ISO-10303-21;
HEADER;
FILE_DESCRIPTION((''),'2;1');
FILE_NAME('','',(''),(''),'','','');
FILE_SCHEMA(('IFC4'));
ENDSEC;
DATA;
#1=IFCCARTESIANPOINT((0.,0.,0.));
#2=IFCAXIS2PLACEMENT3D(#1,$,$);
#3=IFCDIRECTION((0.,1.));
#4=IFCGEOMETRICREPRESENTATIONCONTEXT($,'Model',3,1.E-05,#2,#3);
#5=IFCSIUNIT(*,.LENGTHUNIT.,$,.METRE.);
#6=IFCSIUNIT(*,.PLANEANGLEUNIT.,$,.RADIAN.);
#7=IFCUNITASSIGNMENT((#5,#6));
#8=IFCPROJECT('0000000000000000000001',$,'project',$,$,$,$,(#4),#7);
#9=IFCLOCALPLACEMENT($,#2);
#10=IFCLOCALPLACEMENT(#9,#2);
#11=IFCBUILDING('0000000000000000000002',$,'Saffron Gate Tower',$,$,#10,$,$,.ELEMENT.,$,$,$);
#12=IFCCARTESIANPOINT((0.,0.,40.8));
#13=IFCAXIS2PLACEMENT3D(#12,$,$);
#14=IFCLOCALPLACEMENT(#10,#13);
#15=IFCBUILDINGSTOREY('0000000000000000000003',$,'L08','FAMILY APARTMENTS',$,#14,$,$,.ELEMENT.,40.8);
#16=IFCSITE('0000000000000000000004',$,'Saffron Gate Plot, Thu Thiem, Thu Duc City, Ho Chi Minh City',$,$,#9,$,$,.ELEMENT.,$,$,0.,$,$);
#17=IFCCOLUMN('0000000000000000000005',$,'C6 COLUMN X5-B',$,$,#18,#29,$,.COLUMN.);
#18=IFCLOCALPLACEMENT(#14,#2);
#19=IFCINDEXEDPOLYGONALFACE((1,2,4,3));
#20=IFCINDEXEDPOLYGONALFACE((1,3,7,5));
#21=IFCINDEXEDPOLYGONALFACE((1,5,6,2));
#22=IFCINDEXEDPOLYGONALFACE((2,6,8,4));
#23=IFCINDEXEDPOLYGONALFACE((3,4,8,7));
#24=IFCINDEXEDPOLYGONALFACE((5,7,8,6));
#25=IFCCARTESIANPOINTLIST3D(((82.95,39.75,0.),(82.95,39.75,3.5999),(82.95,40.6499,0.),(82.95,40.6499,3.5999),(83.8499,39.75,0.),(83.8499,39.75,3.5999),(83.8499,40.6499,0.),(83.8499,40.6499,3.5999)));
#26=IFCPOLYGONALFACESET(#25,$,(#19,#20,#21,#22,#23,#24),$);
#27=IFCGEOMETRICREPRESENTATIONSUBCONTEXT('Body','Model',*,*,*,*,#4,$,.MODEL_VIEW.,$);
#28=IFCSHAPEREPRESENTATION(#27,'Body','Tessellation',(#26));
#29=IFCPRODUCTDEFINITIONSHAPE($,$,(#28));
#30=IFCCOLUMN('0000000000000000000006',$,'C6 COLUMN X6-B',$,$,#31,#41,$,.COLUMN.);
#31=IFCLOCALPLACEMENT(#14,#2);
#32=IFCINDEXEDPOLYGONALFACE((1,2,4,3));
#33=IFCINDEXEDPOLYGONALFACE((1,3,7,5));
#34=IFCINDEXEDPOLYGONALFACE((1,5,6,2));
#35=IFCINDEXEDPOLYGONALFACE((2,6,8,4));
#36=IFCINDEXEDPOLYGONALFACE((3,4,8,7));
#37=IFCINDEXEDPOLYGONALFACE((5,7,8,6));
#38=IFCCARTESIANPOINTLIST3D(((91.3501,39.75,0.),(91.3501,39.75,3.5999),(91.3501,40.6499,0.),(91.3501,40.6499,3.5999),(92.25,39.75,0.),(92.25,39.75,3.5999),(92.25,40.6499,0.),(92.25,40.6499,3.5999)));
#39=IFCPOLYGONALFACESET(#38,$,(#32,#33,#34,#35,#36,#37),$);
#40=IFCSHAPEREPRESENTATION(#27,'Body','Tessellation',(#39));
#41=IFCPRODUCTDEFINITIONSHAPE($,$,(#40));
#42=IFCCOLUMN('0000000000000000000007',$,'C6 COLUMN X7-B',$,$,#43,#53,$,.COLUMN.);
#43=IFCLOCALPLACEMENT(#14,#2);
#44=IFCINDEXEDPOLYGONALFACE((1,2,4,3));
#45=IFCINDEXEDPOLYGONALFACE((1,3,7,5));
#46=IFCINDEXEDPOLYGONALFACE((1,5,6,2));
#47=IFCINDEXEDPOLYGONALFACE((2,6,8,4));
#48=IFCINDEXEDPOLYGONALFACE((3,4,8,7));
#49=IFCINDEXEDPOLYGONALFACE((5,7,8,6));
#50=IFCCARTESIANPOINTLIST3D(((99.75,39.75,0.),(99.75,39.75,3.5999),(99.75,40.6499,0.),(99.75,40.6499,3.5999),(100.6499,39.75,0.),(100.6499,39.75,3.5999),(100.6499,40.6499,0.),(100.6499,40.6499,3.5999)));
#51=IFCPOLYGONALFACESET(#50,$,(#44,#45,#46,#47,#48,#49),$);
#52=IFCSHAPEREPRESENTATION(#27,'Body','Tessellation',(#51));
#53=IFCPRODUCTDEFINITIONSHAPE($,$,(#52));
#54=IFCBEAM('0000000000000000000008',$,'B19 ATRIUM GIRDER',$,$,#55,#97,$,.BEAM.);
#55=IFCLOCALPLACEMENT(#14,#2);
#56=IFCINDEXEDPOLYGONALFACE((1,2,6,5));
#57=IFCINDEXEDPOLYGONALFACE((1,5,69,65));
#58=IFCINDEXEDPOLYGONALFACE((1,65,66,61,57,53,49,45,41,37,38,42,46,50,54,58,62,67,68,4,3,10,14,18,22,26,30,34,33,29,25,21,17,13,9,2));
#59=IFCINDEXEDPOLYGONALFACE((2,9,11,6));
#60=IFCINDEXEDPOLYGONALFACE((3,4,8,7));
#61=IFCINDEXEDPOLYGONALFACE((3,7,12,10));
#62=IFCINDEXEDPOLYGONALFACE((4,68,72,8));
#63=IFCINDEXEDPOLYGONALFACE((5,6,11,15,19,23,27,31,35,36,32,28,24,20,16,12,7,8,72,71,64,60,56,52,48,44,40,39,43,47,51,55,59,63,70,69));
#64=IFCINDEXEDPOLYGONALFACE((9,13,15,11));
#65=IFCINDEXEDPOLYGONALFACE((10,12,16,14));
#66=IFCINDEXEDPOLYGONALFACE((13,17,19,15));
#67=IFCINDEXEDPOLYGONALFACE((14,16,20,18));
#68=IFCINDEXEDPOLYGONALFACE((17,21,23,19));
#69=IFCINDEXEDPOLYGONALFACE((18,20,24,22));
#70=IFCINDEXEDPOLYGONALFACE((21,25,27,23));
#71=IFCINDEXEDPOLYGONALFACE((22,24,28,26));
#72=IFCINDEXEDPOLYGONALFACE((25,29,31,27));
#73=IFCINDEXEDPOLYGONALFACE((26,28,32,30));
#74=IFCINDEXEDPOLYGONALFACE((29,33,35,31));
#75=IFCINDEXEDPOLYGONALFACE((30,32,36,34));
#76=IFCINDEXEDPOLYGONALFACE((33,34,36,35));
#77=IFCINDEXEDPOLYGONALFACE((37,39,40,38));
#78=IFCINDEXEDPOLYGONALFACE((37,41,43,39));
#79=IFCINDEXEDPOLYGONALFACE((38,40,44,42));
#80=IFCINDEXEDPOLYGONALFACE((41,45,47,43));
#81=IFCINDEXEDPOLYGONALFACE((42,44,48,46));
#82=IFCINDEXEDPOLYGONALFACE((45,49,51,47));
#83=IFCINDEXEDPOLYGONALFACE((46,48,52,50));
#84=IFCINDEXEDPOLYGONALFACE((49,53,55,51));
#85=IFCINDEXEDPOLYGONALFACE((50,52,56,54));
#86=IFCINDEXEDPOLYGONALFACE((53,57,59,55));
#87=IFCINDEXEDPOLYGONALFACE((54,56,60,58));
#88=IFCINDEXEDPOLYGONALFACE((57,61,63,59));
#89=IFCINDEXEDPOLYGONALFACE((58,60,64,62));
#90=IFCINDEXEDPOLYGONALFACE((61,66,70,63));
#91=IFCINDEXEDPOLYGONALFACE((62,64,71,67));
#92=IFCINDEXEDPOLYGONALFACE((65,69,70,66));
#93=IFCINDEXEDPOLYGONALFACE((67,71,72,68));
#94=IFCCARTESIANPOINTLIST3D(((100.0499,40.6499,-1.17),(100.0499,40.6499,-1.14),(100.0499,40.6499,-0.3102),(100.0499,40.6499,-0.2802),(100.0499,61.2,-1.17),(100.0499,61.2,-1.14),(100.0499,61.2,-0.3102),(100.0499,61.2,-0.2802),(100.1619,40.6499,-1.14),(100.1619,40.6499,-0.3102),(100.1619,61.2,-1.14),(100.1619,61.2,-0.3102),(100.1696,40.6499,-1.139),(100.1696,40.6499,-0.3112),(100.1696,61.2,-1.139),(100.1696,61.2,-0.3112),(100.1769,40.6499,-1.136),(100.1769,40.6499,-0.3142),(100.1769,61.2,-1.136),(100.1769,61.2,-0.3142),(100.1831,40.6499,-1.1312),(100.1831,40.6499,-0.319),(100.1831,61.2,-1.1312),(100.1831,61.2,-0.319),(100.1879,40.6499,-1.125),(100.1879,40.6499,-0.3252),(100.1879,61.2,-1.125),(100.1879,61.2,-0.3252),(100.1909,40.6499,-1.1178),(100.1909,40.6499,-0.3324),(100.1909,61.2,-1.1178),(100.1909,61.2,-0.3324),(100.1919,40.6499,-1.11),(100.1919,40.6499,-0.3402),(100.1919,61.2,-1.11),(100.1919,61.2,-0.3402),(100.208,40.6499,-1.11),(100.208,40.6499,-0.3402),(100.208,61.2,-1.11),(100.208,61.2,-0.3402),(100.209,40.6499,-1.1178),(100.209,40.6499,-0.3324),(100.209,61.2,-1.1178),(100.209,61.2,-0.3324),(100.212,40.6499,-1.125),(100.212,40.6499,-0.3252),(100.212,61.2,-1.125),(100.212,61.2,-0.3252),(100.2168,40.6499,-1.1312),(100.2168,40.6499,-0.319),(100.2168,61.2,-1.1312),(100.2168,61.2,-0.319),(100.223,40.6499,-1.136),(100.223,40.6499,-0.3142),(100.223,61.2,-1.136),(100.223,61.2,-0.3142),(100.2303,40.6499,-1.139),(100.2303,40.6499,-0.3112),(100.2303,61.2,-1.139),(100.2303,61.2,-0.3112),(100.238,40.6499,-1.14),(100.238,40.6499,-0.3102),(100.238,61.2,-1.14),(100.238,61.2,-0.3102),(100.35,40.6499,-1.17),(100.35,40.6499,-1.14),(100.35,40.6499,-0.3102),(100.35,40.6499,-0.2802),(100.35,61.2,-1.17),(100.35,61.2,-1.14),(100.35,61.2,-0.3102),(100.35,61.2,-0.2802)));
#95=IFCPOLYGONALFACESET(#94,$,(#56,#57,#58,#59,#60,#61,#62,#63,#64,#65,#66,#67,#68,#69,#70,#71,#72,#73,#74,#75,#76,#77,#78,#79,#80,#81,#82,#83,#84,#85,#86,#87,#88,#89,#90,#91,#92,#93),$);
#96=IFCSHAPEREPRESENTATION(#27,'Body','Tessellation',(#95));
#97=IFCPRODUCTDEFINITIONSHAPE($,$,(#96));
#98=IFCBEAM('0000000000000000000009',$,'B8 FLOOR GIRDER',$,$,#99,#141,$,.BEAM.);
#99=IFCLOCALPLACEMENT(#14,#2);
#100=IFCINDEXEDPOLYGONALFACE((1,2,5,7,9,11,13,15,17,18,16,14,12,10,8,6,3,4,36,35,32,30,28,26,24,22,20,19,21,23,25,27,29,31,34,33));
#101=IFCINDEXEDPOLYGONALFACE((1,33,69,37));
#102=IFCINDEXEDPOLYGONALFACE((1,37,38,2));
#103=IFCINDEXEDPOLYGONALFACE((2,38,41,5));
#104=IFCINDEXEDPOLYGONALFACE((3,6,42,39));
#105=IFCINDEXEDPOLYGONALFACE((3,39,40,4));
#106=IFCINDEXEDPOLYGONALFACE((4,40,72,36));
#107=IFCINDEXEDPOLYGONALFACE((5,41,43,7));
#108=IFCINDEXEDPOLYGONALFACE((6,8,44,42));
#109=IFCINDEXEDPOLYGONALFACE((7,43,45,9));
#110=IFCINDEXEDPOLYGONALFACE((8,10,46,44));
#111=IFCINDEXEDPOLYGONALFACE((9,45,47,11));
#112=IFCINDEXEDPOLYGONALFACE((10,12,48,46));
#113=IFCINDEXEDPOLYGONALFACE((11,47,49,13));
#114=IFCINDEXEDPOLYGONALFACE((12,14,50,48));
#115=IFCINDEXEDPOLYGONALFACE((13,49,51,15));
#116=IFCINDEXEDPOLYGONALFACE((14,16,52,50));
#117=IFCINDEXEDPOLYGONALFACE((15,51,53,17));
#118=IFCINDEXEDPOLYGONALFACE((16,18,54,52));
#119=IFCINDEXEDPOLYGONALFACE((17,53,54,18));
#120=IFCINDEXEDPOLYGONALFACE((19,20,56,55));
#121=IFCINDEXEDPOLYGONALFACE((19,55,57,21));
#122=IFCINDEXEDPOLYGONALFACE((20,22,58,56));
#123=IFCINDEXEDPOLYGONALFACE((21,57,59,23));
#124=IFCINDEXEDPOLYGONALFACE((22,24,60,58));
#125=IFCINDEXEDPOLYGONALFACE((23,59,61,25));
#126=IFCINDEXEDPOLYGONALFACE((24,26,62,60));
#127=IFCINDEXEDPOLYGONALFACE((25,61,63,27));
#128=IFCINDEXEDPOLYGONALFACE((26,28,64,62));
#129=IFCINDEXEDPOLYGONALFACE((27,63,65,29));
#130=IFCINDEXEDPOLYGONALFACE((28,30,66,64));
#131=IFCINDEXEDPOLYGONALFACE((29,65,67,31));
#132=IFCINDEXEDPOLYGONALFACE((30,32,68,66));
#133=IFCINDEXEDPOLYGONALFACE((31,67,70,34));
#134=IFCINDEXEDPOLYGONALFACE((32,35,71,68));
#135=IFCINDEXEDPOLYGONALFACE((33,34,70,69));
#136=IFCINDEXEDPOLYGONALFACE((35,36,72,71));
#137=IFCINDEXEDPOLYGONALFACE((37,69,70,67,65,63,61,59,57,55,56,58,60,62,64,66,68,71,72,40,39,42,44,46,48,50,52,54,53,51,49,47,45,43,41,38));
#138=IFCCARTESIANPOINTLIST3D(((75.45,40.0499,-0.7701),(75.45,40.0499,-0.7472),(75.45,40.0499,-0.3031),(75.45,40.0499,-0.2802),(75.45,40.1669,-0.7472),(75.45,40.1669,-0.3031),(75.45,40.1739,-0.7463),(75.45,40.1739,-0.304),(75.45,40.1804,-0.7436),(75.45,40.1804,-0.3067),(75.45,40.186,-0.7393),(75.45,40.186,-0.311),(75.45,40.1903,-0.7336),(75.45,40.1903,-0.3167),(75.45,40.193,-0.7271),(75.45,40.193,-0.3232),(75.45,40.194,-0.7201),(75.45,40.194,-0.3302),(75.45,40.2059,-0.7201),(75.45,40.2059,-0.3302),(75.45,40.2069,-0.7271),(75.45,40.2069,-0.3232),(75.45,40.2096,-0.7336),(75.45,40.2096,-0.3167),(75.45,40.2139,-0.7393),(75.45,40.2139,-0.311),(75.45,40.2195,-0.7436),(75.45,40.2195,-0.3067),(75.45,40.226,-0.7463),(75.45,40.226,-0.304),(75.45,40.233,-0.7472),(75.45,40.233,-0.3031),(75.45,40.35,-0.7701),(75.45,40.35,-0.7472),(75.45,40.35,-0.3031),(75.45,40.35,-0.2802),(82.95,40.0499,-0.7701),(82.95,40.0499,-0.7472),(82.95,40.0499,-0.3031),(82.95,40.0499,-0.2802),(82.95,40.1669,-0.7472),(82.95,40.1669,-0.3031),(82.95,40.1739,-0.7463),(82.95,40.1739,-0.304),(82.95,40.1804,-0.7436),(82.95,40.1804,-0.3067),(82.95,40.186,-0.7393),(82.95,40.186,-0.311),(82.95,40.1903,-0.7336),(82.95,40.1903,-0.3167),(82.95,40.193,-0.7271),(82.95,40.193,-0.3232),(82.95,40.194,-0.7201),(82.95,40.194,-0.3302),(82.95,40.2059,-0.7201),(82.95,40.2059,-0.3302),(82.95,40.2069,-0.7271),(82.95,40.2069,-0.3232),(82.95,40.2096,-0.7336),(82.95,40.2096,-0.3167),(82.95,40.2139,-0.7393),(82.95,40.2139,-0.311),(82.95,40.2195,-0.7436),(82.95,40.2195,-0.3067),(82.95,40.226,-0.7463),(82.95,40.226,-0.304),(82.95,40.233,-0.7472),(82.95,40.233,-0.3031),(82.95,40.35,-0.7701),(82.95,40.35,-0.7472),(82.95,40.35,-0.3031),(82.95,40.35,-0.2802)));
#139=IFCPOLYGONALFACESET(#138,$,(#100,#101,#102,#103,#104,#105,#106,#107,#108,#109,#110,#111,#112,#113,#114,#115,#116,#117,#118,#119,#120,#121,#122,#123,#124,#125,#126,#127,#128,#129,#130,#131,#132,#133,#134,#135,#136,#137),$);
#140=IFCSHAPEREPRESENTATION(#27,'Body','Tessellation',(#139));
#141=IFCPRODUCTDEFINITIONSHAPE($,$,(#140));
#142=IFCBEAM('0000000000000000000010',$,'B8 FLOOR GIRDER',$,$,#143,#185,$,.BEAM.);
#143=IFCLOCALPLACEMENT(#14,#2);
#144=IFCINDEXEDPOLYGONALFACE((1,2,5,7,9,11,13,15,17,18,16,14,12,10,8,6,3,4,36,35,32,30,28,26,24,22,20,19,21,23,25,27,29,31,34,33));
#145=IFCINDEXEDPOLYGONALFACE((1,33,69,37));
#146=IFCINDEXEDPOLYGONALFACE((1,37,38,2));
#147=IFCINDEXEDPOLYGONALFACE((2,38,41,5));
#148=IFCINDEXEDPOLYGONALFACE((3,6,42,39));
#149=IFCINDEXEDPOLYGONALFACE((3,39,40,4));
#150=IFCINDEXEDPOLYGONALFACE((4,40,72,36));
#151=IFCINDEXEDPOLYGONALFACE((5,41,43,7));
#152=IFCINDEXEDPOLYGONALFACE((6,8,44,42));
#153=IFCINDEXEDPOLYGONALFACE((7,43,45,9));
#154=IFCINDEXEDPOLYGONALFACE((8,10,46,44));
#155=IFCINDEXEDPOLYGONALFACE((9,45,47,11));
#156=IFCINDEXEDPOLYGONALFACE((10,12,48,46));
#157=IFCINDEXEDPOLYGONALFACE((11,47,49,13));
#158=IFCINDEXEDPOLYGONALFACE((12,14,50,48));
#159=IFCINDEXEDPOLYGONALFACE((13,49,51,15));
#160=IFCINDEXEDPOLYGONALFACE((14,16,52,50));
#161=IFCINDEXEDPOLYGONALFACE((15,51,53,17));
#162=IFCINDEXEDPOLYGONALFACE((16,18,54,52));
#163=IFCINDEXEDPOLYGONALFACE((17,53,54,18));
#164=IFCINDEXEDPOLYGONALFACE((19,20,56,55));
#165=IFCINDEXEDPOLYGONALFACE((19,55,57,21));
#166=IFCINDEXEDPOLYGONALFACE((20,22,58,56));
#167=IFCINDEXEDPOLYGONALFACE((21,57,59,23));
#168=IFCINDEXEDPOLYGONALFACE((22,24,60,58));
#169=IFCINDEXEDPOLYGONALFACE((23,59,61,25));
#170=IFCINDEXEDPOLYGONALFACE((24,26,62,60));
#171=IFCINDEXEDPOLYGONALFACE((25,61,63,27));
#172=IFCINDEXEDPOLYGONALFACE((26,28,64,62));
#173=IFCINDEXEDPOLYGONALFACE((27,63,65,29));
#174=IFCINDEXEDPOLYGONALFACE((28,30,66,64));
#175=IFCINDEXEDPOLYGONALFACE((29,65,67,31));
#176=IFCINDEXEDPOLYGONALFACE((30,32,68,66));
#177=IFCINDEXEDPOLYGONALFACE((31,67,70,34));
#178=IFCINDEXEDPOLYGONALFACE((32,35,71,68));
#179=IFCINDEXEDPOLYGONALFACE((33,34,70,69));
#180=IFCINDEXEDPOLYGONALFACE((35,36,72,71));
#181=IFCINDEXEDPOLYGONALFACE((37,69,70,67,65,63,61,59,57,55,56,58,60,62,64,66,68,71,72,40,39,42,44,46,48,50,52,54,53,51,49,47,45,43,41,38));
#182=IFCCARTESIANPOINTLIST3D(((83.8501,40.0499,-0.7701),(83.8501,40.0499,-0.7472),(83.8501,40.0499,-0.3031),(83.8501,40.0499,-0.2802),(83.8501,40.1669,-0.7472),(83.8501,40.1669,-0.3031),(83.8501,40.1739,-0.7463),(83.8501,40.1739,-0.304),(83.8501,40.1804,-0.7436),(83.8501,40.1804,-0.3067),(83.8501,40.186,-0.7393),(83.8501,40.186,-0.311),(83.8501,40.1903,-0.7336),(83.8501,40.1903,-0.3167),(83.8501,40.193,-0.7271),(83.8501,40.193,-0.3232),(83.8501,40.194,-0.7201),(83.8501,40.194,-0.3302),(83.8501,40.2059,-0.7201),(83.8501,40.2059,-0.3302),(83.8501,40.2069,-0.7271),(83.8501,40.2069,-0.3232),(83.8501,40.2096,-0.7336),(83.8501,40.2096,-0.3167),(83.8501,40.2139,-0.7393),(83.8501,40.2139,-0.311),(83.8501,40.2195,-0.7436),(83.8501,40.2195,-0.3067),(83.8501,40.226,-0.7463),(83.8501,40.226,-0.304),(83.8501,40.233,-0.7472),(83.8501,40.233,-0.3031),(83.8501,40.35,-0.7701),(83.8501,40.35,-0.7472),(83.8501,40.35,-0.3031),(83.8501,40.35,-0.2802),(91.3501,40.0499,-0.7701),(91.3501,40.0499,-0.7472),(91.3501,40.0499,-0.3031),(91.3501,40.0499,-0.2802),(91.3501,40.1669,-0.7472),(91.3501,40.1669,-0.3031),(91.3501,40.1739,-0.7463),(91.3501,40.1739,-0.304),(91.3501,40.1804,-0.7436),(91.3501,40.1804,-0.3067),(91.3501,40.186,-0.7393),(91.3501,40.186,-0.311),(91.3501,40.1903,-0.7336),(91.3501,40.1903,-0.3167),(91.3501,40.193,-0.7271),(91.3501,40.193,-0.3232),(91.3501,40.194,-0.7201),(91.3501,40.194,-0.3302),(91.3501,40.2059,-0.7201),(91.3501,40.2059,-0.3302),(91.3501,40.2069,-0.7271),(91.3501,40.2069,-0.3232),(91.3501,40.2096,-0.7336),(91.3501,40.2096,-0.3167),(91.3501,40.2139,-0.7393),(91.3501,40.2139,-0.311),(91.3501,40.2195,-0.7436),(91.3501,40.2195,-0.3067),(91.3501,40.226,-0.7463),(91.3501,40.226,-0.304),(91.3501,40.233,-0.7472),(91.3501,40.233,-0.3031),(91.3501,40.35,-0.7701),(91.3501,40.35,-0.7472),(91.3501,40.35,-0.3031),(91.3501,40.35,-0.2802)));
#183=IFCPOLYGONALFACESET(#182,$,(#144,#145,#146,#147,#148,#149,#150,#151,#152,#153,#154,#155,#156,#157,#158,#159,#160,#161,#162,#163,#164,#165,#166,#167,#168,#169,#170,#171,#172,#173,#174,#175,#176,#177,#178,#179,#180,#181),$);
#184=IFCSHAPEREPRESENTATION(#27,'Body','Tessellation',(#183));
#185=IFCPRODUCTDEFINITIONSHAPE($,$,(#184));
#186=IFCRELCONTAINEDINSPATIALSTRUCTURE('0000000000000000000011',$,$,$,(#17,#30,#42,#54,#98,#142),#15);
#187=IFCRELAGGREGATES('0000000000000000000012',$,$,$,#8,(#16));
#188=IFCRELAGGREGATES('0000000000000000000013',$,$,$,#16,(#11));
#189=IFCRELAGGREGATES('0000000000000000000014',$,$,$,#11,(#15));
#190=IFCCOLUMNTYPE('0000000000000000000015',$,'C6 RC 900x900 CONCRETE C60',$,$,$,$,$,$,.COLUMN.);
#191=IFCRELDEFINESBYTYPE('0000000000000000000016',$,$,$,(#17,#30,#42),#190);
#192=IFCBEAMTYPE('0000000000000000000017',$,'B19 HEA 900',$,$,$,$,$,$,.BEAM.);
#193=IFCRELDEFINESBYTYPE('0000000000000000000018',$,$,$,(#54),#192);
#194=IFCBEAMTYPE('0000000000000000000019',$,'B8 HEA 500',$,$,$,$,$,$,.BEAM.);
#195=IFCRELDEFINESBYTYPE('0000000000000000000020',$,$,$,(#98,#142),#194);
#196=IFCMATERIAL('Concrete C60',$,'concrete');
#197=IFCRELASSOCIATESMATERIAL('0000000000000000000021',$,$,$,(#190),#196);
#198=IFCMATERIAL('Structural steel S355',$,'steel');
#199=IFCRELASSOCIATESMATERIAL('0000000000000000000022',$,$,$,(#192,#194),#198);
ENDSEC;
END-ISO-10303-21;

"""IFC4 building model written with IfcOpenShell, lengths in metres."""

from ifc_helpers import new_model, si_unit, direction, frame, origin, origin_2d, place, context, subcontext, project, spatial, rectangle, i_section, extrude, material, material_profile, profile_set, type_object, element, save


model = new_model("IFC4")

# Units and contexts
model_context = context("Model", 3, precision=1e-05, world=origin(), true_north=direction((0.0, 1.0)))
body_context = subcontext(model_context, "Body", "Model", "MODEL_VIEW")
ifc_project = project(units=[si_unit("LENGTHUNIT", "METRE"), si_unit("PLANEANGLEUNIT", "RADIAN")], contexts=[model_context])

# Site, building, storey
site_placement = place(None, origin())
site = spatial("IfcSite", under=ifc_project, at=site_placement, Name="Saffron Gate Plot, Thu Thiem, Thu Duc City, Ho Chi Minh City", CompositionType="ELEMENT", RefElevation=0.0)
building_placement = place(site_placement, origin())
building = spatial("IfcBuilding", under=site, at=building_placement, Name="Saffron Gate Tower", CompositionType="ELEMENT")
storey_placement = place(building_placement, frame((0.0, 0.0, 40.8)))
storey = spatial("IfcBuildingStorey", under=building, at=storey_placement, Name="L08", Description="FAMILY APARTMENTS", CompositionType="ELEMENT", Elevation=40.8)

# Columns
ifc_material_1 = material(Name="Concrete C60", Category="concrete")
ifc_material_profile_1 = material_profile(ifc_material_1, rectangle(XDim=0.8999, YDim=0.8999, at=origin_2d()))
ifc_profile_set_1 = profile_set([ifc_material_profile_1], Name="Concrete C60")
column_type = type_object("IfcColumnType", Name="C6 RC 900x900 CONCRETE C60", PredefinedType="COLUMN", material=ifc_profile_set_1)
for number, where, z_axis, x_axis, name in (
    (1, (83.3999, 40.2, 0.0), (0.0, 0.0, 1.0), (1.0, 0.0, 0.0), "C6 COLUMN X5-B"),
    (2, (91.8, 40.2, 0.0), (0.0, 0.0, 1.0), (1.0, 0.0, 0.0), "C6 COLUMN X6-B"),
    (3, (100.2, 40.2, 0.0), (0.0, 0.0, 1.0), (1.0, 0.0, 0.0), "C6 COLUMN X7-B"),
):
    element("IfcColumn", number, at=place(storey_placement, frame(where, z_axis=z_axis, x_axis=x_axis)), inside=storey, type_object=column_type, Name=name, PredefinedType="COLUMN", context=body_context, shape_type="SweptSolid", body=[
        extrude(rectangle(XDim=0.8999, YDim=0.8999, at=origin_2d()), origin(), (0.0, 0.0, 1.0), 3.5999),
    ])

# Beams
ifc_material_2 = material(Name="Structural steel S355", Category="steel")
ifc_material_profile_2 = material_profile(ifc_material_2, i_section(OverallWidth=0.3, OverallDepth=0.8899, WebThickness=0.0161, FlangeThickness=0.03, FilletRadius=0.03, at=origin_2d()))
ifc_profile_set_2 = profile_set([ifc_material_profile_2], Name="Structural steel S355")
beam_type_1 = type_object("IfcBeamType", Name="B19 HEA 900", PredefinedType="BEAM", material=ifc_profile_set_2)
beam_placement = place(storey_placement, frame((100.2, 40.6499, -0.7251), z_axis=(0.0, 1.0, 0.0), x_axis=(-1.0, 0.0, 0.0)))
element("IfcBeam", 4, at=beam_placement, inside=storey, type_object=beam_type_1, Name="B19 ATRIUM GIRDER", PredefinedType="BEAM", context=body_context, shape_type="SweptSolid", body=[
    extrude(i_section(OverallWidth=0.3, OverallDepth=0.8899, WebThickness=0.0161, FlangeThickness=0.03, FilletRadius=0.03, at=origin_2d()), origin(), (0.0, 0.0, 1.0), 20.55),
])
ifc_material_profile_3 = material_profile(ifc_material_2, i_section(OverallWidth=0.3, OverallDepth=0.49, WebThickness=0.012, FlangeThickness=0.0229, FilletRadius=0.0271, at=origin_2d()))
ifc_profile_set_3 = profile_set([ifc_material_profile_3], Name="Structural steel S355")
beam_type_2 = type_object("IfcBeamType", Name="B8 HEA 500", PredefinedType="BEAM", material=ifc_profile_set_3)
for number, where, z_axis, x_axis, name in (
    (5, (75.45, 40.2, -0.5251), (1.0, 0.0, 0.0), (0.0, 1.0, 0.0), "B8 FLOOR GIRDER"),
    (6, (83.8501, 40.2, -0.5251), (1.0, 0.0, 0.0), (0.0, 1.0, 0.0), "B8 FLOOR GIRDER"),
):
    element("IfcBeam", number, at=place(storey_placement, frame(where, z_axis=z_axis, x_axis=x_axis)), inside=storey, type_object=beam_type_2, Name=name, PredefinedType="BEAM", context=body_context, shape_type="SweptSolid", body=[
        extrude(i_section(OverallWidth=0.3, OverallDepth=0.49, WebThickness=0.012, FlangeThickness=0.0229, FilletRadius=0.0271, at=origin_2d()), origin(), (0.0, 0.0, 1.0), 7.5),
    ])

save(model, "model.ifc")
